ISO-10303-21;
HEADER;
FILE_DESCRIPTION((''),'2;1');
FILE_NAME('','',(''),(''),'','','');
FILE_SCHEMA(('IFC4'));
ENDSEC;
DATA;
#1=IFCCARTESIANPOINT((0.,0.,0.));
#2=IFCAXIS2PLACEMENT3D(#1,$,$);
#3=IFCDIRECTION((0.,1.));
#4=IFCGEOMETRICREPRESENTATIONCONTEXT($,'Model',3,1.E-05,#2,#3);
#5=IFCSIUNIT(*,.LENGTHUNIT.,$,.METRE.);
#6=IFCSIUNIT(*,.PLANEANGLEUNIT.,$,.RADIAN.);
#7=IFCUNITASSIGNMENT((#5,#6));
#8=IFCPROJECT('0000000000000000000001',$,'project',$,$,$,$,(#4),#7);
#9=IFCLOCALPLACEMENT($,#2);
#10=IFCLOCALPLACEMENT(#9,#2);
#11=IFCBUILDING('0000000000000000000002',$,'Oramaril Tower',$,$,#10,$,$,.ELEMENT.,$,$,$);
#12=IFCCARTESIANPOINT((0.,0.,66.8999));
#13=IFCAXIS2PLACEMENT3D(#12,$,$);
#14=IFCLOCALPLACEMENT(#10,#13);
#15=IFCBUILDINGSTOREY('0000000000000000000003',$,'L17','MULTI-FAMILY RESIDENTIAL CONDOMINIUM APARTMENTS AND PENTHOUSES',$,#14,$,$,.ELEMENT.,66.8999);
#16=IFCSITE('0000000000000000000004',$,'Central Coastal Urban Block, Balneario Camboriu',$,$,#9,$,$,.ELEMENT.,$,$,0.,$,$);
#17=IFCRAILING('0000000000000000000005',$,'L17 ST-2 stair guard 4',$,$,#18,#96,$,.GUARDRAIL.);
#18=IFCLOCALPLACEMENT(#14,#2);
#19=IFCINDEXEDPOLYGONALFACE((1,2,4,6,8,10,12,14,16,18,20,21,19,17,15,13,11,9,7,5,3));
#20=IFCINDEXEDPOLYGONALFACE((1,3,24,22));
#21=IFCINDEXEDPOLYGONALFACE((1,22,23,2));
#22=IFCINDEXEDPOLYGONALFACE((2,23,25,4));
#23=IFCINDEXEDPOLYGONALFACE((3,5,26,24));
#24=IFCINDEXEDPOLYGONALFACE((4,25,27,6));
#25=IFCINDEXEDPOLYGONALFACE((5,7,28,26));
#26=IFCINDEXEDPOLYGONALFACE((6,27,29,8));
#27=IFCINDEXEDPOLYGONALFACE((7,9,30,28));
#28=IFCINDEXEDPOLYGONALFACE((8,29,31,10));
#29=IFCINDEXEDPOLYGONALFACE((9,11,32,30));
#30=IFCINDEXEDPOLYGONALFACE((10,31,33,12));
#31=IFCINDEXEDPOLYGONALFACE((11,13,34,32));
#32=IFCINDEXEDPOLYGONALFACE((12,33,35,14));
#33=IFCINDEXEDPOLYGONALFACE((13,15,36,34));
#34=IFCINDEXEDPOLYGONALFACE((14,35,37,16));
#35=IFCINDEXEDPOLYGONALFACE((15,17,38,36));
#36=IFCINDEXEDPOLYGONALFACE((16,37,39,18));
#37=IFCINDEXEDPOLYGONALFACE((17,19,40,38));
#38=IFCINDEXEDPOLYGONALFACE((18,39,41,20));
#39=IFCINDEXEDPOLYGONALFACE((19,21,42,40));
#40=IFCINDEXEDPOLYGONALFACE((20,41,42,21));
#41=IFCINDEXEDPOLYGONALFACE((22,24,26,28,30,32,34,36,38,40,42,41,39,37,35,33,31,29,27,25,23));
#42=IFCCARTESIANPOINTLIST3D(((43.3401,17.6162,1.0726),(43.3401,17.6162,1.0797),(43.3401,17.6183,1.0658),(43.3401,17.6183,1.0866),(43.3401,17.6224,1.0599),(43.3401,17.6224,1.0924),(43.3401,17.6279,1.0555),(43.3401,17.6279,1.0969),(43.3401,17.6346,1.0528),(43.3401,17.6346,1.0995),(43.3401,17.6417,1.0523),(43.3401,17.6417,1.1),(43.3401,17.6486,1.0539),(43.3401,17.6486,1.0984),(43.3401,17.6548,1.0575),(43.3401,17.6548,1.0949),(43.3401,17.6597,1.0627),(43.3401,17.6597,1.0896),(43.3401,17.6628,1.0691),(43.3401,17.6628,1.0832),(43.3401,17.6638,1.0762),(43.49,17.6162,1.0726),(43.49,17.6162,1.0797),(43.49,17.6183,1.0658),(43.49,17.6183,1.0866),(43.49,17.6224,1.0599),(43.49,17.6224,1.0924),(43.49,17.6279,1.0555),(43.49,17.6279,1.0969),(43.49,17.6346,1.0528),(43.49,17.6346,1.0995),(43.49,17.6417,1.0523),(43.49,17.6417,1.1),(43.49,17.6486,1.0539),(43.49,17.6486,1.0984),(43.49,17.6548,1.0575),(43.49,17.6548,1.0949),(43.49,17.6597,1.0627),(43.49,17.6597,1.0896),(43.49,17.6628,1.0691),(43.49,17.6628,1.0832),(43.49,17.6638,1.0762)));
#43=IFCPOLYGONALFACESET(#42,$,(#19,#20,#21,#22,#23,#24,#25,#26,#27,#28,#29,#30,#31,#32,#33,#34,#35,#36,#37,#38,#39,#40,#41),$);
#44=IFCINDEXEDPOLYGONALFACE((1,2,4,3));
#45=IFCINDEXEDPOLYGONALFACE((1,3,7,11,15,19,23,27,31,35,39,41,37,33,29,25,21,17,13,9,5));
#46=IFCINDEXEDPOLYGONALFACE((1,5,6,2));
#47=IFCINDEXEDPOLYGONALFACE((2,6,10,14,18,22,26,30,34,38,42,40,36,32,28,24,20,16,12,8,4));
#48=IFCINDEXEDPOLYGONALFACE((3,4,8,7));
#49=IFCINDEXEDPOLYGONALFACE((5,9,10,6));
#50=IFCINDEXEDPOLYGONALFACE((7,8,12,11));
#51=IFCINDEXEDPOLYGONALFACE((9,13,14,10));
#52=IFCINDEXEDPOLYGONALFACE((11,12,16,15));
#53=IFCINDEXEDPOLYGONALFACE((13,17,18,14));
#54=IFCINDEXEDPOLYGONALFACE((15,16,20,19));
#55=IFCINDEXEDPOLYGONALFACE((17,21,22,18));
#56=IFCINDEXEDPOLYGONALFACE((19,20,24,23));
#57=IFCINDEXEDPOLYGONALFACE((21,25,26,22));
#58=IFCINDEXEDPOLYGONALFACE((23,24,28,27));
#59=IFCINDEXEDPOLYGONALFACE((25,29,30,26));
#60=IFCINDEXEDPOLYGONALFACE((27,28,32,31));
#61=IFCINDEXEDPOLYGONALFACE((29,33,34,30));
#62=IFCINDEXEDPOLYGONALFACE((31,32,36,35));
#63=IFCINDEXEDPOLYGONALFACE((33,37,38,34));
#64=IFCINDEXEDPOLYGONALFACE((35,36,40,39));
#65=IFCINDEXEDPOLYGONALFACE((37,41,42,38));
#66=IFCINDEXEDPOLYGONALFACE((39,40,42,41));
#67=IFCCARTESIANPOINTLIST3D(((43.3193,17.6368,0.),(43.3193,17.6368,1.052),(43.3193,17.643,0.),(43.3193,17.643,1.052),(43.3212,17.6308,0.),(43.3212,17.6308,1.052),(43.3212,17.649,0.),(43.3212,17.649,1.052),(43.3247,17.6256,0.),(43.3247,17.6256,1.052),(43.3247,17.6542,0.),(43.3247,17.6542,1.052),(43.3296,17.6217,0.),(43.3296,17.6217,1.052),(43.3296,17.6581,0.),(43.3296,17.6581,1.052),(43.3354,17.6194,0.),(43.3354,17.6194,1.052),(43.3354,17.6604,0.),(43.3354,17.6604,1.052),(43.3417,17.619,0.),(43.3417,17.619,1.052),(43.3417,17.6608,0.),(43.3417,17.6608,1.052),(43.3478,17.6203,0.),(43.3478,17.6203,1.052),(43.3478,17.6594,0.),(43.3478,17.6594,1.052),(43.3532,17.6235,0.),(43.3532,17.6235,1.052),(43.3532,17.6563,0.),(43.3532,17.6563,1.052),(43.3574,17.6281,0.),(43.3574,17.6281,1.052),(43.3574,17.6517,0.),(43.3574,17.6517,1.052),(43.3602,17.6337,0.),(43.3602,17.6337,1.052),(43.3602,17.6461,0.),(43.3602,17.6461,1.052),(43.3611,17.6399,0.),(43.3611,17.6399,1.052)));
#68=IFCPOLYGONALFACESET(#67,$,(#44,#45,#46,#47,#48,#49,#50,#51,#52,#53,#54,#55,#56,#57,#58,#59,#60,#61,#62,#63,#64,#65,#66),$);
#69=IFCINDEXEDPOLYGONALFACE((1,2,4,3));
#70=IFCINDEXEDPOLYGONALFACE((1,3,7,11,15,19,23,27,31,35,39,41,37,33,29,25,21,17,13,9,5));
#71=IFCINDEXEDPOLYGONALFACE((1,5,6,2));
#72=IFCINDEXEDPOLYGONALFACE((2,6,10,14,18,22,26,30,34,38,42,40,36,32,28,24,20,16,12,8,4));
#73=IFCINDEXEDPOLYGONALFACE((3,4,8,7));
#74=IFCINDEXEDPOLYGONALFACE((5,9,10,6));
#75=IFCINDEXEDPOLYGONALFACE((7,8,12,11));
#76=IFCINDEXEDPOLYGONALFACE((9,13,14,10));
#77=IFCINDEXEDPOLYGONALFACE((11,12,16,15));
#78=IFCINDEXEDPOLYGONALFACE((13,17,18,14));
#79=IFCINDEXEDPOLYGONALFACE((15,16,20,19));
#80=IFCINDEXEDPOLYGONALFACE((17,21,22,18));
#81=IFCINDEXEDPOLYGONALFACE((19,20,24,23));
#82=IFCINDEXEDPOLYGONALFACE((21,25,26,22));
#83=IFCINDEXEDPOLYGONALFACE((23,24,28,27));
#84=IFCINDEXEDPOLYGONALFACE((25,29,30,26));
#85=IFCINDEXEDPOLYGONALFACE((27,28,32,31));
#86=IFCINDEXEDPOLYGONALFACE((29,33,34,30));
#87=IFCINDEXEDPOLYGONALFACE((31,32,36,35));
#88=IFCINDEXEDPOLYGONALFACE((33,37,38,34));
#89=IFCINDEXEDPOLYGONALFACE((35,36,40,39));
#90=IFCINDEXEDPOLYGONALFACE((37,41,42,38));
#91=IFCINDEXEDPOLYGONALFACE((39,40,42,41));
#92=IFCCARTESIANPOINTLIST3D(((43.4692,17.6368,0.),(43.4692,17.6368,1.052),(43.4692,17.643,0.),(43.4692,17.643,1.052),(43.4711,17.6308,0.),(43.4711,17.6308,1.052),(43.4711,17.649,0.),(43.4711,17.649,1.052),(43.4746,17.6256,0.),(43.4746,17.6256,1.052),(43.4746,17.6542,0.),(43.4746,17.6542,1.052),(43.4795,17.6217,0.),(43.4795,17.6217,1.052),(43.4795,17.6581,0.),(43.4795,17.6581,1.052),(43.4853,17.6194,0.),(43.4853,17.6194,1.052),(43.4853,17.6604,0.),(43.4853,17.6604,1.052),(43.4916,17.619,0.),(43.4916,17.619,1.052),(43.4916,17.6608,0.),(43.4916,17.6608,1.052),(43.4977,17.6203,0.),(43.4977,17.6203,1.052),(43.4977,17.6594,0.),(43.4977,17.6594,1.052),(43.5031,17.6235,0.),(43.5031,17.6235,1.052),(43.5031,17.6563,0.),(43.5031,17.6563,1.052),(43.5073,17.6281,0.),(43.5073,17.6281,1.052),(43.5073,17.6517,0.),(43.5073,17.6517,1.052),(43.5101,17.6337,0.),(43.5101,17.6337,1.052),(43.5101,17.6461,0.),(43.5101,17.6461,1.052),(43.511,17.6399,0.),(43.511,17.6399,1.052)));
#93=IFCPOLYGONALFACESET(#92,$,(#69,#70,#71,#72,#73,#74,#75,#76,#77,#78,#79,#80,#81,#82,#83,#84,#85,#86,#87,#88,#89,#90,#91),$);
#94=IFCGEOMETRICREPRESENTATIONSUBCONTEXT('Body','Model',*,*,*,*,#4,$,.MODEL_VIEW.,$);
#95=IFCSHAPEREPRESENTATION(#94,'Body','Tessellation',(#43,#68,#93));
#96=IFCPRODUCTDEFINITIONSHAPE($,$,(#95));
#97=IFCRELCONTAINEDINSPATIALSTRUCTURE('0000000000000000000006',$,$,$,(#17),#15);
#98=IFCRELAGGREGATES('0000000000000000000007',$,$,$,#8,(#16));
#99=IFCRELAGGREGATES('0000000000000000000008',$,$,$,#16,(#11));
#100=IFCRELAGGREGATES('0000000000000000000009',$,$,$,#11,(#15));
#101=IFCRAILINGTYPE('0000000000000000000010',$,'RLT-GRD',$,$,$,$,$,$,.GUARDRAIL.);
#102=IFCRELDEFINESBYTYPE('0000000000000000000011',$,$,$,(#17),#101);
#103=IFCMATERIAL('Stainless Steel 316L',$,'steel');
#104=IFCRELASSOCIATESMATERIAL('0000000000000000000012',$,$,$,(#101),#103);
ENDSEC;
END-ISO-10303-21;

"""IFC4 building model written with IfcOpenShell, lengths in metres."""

from ifc_helpers import new_model, si_unit, direction, frame, origin, origin_2d, place, context, subcontext, project, spatial, circle, extrude, material, type_object, element, save


model = new_model("IFC4")

# Units and contexts
model_context = context("Model", 3, precision=1e-05, world=origin(), true_north=direction((0.0, 1.0)))
body_context = subcontext(model_context, "Body", "Model", "MODEL_VIEW")
ifc_project = project(units=[si_unit("LENGTHUNIT", "METRE"), si_unit("PLANEANGLEUNIT", "RADIAN")], contexts=[model_context])

# Site, building, storey
site_placement = place(None, origin())
site = spatial("IfcSite", under=ifc_project, at=site_placement, Name="Central Coastal Urban Block, Balneario Camboriu", CompositionType="ELEMENT", RefElevation=0.0)
building_placement = place(site_placement, origin())
building = spatial("IfcBuilding", under=site, at=building_placement, Name="Oramaril Tower", CompositionType="ELEMENT")
storey_placement = place(building_placement, frame((0.0, 0.0, 66.8999)))
storey = spatial("IfcBuildingStorey", under=building, at=storey_placement, Name="L17", Description="MULTI-FAMILY RESIDENTIAL CONDOMINIUM APARTMENTS AND PENTHOUSES", CompositionType="ELEMENT", Elevation=66.8999)

# Railing
ifc_material_1 = material(Name="Stainless Steel 316L", Category="steel")
railing_type = type_object("IfcRailingType", Name="RLT-GRD", PredefinedType="GUARDRAIL", material=ifc_material_1)
railing_1_placement = place(storey_placement, frame((43.3401, 17.6399, 0.0)))
element("IfcRailing", 1, at=railing_1_placement, inside=storey, type_object=railing_type, Name="L17 ST-2 stair guard 4", PredefinedType="GUARDRAIL", context=body_context, shape_type="SweptSolid", body=[
    extrude(circle(Radius=0.0239, at=origin_2d()), frame((0.0, 0.0, 1.0762), z_axis=(1.0, 0.0, 0.0), x_axis=(0.0, 1.0, 0.0)), (0.0, 0.0, 1.0), 0.1499),
    extrude(circle(Radius=0.021, at=origin_2d()), origin(), (0.0, 0.0, 1.0), 1.052),
    extrude(circle(Radius=0.021, at=origin_2d()), frame((0.1499, 0.0, 0.0)), (0.0, 0.0, 1.0), 1.052),
])

save(model, "model.ifc")
